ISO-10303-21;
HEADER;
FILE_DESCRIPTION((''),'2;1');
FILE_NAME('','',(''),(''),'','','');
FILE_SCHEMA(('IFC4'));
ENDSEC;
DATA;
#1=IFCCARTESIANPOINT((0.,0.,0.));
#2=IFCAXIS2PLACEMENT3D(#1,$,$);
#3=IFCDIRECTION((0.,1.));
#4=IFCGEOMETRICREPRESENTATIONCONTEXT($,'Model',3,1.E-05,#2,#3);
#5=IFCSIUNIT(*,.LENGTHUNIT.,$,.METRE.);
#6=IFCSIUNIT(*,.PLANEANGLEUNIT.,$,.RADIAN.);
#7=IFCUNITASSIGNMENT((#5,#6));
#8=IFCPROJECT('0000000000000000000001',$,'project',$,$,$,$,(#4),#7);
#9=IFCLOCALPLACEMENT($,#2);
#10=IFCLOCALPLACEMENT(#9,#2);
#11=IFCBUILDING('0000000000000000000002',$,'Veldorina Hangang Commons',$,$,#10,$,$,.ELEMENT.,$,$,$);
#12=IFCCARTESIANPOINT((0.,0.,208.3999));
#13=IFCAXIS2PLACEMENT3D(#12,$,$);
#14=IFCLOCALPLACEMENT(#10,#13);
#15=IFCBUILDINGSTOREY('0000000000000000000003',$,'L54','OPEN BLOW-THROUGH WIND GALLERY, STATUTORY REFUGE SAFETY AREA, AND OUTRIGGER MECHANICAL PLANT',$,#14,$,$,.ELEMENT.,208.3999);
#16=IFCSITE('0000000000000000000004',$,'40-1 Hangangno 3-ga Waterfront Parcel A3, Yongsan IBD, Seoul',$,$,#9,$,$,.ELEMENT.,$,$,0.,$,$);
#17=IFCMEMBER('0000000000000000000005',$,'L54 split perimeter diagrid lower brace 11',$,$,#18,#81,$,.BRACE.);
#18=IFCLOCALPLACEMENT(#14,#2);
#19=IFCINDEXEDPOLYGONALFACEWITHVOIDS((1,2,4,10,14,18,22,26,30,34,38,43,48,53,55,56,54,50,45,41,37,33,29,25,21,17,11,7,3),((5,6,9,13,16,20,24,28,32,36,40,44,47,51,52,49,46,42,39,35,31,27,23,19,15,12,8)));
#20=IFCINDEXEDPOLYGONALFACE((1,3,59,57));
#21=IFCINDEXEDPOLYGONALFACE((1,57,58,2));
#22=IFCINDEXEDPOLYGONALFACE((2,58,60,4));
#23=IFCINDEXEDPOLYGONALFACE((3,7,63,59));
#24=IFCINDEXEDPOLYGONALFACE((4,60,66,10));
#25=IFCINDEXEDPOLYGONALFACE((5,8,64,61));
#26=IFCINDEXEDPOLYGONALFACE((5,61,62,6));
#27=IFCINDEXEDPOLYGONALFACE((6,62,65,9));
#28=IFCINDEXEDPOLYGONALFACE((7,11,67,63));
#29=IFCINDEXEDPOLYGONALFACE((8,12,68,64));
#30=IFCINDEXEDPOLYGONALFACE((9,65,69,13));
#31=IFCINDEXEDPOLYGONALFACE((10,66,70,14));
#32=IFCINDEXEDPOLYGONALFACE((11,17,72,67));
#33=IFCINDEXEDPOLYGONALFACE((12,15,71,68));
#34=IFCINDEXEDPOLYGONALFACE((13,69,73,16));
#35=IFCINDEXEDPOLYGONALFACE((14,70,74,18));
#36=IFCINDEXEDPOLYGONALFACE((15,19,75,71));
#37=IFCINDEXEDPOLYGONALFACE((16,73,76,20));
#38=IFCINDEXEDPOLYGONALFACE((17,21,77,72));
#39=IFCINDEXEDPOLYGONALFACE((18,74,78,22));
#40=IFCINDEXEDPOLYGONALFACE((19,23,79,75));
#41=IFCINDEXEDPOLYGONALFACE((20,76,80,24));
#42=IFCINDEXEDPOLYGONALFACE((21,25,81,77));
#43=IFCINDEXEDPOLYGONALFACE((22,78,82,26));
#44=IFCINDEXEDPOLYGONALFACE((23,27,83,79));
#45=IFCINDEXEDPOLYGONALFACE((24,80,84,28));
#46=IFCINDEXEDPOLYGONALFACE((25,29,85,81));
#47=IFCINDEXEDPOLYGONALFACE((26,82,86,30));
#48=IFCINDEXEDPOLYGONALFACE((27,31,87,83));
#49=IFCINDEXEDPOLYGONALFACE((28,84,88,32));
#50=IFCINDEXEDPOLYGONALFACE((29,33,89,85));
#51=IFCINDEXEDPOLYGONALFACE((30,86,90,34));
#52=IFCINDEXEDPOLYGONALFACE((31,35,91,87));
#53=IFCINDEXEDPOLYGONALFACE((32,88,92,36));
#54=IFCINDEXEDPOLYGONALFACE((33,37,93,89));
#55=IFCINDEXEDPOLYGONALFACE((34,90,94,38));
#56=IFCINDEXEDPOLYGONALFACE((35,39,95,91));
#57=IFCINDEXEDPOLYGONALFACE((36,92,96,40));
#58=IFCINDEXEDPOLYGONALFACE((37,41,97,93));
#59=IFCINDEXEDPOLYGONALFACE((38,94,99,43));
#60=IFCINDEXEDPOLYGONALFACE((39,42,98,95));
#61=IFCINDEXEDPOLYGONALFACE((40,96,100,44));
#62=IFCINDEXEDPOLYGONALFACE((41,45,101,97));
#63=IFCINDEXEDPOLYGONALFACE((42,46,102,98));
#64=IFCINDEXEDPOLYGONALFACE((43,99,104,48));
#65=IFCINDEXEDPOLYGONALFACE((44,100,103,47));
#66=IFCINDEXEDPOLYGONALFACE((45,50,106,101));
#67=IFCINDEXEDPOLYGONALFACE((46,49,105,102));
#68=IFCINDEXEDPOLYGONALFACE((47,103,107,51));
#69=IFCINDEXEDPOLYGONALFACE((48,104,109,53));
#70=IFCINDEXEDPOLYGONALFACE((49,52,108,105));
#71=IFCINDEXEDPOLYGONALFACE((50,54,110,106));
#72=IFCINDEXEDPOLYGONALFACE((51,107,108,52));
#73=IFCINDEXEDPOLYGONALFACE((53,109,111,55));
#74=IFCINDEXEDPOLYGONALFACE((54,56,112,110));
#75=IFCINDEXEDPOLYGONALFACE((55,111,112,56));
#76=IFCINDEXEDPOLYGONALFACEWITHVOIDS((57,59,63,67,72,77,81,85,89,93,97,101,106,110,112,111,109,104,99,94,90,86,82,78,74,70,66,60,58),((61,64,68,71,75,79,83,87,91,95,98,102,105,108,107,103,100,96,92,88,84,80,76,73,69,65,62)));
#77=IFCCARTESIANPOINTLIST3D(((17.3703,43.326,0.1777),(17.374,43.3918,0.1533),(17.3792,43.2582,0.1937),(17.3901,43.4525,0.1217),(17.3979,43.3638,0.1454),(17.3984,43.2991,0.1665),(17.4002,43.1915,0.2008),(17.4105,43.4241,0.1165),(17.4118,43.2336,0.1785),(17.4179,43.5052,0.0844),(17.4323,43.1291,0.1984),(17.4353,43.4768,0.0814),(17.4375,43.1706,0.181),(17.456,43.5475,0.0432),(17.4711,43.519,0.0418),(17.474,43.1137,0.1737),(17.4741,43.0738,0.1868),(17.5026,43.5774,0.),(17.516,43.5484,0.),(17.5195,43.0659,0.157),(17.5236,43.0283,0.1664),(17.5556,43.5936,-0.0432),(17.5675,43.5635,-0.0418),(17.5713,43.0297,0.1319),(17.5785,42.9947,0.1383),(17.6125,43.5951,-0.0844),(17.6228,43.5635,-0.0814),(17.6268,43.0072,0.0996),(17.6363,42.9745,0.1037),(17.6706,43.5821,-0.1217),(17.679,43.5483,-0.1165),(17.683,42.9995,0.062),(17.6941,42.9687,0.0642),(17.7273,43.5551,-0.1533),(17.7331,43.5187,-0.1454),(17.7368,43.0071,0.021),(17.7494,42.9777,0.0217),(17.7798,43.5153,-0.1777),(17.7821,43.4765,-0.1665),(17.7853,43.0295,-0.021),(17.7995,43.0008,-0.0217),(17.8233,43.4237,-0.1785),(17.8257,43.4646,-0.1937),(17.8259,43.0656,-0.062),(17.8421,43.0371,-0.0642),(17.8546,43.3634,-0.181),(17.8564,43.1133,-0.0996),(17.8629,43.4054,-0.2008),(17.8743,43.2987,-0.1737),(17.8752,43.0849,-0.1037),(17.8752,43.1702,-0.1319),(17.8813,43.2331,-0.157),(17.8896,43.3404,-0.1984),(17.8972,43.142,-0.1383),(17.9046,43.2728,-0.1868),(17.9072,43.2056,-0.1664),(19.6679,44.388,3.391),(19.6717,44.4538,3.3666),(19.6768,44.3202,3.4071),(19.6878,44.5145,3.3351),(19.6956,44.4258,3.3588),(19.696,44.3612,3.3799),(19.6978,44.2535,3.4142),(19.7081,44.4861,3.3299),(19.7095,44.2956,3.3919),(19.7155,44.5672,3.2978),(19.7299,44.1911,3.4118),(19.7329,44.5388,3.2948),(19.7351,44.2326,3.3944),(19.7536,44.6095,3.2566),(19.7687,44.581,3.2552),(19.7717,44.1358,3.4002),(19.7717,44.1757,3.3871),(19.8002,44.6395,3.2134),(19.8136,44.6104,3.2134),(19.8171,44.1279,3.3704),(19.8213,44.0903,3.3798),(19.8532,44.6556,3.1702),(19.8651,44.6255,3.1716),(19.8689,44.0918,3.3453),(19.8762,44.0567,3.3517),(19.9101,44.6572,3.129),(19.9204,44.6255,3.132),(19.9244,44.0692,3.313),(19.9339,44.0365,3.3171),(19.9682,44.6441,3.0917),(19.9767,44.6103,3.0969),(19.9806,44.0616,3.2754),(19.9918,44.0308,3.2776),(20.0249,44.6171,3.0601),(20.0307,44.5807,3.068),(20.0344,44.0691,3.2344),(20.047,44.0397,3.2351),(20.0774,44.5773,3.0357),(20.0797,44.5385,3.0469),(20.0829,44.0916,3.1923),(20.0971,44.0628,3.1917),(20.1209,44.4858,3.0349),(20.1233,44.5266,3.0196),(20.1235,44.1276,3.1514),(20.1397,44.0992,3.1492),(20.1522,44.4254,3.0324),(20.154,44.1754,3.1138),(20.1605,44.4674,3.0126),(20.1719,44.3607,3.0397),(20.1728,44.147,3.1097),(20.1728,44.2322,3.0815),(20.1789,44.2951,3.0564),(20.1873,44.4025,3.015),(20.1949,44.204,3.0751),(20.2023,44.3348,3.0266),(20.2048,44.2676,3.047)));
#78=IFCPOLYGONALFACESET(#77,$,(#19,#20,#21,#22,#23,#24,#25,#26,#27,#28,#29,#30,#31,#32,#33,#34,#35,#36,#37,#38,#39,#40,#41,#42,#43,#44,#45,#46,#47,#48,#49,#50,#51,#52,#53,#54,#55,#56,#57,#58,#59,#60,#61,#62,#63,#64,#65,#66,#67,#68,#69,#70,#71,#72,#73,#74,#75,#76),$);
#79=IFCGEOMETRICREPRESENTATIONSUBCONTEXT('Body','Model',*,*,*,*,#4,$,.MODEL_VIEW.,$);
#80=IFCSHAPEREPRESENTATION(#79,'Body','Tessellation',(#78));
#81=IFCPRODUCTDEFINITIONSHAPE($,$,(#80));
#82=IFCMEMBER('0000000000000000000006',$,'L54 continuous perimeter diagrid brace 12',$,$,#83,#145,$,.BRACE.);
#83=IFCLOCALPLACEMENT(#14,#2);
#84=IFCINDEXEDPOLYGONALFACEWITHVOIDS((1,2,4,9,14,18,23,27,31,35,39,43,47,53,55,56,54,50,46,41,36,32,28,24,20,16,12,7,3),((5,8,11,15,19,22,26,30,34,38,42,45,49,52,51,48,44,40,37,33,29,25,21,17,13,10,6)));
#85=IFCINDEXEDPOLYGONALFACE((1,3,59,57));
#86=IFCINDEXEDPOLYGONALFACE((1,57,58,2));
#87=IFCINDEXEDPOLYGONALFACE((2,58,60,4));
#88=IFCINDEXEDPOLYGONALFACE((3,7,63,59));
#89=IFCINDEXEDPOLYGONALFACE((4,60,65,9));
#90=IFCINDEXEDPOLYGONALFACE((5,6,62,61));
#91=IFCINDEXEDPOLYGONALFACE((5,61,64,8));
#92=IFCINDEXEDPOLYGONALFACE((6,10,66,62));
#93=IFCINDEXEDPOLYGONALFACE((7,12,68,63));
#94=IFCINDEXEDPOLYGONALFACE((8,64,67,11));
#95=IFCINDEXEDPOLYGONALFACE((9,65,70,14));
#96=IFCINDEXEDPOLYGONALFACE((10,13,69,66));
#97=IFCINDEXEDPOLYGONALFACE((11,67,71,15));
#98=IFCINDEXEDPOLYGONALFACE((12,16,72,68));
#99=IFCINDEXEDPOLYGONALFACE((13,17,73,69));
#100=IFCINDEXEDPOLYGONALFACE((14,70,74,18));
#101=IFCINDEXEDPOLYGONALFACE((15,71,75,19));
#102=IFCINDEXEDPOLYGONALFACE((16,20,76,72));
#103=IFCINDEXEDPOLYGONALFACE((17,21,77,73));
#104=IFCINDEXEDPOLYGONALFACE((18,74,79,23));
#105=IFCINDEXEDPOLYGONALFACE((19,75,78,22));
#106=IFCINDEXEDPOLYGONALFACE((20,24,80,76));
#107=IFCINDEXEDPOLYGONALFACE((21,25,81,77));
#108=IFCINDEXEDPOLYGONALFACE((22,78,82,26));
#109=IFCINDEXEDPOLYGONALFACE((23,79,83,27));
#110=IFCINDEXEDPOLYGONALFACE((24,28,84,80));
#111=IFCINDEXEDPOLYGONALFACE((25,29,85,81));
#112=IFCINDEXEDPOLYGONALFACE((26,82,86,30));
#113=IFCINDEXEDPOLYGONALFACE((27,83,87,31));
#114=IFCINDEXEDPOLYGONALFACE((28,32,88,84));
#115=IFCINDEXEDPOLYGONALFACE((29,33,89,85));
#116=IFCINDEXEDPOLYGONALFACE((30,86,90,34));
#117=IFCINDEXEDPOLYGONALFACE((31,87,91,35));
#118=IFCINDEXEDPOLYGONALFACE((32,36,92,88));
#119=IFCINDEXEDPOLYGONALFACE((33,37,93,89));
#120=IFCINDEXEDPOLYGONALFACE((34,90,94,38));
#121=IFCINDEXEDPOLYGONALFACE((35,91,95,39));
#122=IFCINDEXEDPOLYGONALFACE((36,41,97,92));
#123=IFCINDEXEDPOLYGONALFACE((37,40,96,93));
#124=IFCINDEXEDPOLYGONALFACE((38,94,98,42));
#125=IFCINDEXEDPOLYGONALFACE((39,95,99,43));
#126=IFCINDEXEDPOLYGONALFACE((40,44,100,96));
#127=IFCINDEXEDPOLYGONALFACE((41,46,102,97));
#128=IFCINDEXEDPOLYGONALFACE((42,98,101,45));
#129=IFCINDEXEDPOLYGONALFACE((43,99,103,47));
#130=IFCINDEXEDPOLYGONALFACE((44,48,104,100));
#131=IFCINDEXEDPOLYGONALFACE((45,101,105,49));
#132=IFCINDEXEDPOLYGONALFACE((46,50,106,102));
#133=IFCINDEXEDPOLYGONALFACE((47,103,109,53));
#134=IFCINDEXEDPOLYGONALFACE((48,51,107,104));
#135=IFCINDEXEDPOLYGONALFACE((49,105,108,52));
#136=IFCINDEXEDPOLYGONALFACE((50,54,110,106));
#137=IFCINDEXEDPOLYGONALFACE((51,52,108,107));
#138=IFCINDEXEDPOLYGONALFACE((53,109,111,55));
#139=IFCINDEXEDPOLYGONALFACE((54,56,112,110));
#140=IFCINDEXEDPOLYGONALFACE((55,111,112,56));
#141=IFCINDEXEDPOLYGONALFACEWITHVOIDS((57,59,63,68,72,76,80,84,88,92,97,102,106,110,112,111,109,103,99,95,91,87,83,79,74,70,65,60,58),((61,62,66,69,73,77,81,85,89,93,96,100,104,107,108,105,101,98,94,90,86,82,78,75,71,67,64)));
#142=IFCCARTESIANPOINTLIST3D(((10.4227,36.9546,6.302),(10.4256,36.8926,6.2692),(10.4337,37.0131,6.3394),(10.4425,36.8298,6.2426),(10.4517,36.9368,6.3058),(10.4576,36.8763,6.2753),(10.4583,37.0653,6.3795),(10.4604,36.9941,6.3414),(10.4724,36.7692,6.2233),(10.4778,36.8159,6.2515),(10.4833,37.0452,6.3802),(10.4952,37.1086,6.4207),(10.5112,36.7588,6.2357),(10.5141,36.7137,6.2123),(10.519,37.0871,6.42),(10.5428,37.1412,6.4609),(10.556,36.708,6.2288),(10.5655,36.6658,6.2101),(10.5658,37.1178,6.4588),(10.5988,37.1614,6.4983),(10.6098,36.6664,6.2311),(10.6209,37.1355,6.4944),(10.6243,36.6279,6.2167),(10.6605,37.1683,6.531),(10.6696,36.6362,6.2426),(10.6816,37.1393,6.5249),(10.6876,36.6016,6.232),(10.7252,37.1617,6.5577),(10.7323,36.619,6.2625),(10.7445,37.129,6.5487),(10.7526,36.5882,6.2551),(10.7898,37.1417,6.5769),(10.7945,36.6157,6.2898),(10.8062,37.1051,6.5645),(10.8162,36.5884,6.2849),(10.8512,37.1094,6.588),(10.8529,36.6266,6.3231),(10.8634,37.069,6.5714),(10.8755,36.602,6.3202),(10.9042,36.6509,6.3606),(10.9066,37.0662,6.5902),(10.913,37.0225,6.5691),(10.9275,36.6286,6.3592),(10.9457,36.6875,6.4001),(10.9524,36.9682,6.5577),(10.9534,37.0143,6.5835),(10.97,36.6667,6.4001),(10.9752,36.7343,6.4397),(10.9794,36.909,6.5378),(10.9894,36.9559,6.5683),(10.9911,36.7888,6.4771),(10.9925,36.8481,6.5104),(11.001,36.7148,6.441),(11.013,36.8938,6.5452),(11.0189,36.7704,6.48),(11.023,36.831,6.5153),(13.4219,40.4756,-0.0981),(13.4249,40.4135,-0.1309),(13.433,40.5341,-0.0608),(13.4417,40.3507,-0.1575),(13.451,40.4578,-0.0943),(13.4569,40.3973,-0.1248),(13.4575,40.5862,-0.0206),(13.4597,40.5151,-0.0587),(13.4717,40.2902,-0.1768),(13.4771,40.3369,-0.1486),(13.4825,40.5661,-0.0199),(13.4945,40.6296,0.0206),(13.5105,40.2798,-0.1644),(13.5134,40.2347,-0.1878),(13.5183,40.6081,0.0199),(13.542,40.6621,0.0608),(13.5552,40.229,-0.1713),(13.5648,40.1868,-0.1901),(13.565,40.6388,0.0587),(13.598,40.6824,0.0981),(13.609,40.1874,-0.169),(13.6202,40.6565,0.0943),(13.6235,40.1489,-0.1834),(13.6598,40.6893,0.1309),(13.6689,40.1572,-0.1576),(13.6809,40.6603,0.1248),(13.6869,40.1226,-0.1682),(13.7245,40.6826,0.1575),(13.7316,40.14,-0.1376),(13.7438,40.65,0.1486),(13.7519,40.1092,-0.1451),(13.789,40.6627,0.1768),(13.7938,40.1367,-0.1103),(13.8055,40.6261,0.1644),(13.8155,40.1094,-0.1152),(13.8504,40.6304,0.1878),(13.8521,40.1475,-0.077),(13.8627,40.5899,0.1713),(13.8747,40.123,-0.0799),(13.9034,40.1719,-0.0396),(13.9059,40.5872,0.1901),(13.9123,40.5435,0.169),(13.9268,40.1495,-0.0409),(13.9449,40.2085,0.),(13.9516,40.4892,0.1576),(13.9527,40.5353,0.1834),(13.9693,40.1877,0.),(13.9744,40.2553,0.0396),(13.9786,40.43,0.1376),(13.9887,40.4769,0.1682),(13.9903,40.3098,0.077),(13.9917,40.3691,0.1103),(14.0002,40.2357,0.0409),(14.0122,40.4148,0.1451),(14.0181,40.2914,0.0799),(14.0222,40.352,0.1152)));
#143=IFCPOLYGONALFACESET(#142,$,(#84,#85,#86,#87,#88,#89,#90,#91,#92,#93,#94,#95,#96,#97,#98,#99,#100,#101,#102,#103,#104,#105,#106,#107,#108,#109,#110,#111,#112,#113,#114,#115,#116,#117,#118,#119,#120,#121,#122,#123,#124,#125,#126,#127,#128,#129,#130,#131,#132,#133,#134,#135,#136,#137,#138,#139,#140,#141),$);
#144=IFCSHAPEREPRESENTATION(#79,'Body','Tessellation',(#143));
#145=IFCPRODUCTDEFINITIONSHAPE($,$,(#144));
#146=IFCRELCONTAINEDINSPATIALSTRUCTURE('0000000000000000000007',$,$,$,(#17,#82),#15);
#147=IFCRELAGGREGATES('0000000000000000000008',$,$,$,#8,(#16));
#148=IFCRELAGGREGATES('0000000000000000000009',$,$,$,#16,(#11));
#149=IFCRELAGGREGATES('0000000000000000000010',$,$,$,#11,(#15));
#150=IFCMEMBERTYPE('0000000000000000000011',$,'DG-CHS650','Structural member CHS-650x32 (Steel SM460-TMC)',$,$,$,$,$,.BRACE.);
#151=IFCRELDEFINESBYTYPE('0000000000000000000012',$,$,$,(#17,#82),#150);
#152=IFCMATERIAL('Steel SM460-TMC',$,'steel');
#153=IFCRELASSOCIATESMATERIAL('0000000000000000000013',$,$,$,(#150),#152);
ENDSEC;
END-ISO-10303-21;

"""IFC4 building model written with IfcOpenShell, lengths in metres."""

from ifc_helpers import new_model, si_unit, direction, frame, origin, origin_2d, place, context, subcontext, project, spatial, hollow_circle, extrude, material, material_profile, profile_set, type_object, element, save


model = new_model("IFC4")

# Units and contexts
model_context = context("Model", 3, precision=1e-05, world=origin(), true_north=direction((0.0, 1.0)))
body_context = subcontext(model_context, "Body", "Model", "MODEL_VIEW")
ifc_project = project(units=[si_unit("LENGTHUNIT", "METRE"), si_unit("PLANEANGLEUNIT", "RADIAN")], contexts=[model_context])

# Site, building, storey
site_placement = place(None, origin())
site = spatial("IfcSite", under=ifc_project, at=site_placement, Name="40-1 Hangangno 3-ga Waterfront Parcel A3, Yongsan IBD, Seoul", CompositionType="ELEMENT", RefElevation=0.0)
building_placement = place(site_placement, origin())
building = spatial("IfcBuilding", under=site, at=building_placement, Name="Veldorina Hangang Commons", CompositionType="ELEMENT")
storey_placement = place(building_placement, frame((0.0, 0.0, 208.3999)))
storey = spatial("IfcBuildingStorey", under=building, at=storey_placement, Name="L54", Description="OPEN BLOW-THROUGH WIND GALLERY, STATUTORY REFUGE SAFETY AREA, AND OUTRIGGER MECHANICAL PLANT", CompositionType="ELEMENT", Elevation=208.3999)

# Shared definitions
ifc_material_1 = material(Name="Steel SM460-TMC", Category="steel")

# Members
ifc_material_profile_1 = material_profile(ifc_material_1, hollow_circle(Radius=0.325, WallThickness=0.032, at=origin_2d()), Name="CHS-650x32")
ifc_profile_set_1 = profile_set([ifc_material_profile_1], Name="Steel SM460-TMC")
member_type_1 = type_object("IfcMemberType", Name="DG-CHS650", Description="Structural member CHS-650x32 (Steel SM460-TMC)", PredefinedType="BRACE", material=ifc_profile_set_1)
member_1_placement = place(storey_placement, frame((17.6389, 43.2825, 0.0), z_axis=(0.561685, 0.259625, 0.78556), x_axis=(-0.419572, 0.907722, 0.0)))
element("IfcMember", 1, at=member_1_placement, inside=storey, type_object=member_type_1, Name="L54 split perimeter diagrid lower brace 11", PredefinedType="BRACE", context=body_context, shape_type="SweptSolid", body=[
    extrude(hollow_circle(Radius=0.325, WallThickness=0.032, at=origin_2d()), origin(), (0.0, 0.0, 1.0), 4.0906),
])
member_2_placement = place(storey_placement, frame((13.7219, 40.3984, 0.0), z_axis=(-0.379822, -0.445893, 0.810503), x_axis=(0.761254, -0.648454, 0.0)))
element("IfcMember", 2, at=member_2_placement, inside=storey, type_object=member_type_1, Name="L54 continuous perimeter diagrid brace 12", PredefinedType="BRACE", context=body_context, shape_type="SweptSolid", body=[
    extrude(hollow_circle(Radius=0.325, WallThickness=0.032, at=origin_2d()), origin(), (0.0, 0.0, 1.0), 7.8965),
])

save(model, "model.ifc")
